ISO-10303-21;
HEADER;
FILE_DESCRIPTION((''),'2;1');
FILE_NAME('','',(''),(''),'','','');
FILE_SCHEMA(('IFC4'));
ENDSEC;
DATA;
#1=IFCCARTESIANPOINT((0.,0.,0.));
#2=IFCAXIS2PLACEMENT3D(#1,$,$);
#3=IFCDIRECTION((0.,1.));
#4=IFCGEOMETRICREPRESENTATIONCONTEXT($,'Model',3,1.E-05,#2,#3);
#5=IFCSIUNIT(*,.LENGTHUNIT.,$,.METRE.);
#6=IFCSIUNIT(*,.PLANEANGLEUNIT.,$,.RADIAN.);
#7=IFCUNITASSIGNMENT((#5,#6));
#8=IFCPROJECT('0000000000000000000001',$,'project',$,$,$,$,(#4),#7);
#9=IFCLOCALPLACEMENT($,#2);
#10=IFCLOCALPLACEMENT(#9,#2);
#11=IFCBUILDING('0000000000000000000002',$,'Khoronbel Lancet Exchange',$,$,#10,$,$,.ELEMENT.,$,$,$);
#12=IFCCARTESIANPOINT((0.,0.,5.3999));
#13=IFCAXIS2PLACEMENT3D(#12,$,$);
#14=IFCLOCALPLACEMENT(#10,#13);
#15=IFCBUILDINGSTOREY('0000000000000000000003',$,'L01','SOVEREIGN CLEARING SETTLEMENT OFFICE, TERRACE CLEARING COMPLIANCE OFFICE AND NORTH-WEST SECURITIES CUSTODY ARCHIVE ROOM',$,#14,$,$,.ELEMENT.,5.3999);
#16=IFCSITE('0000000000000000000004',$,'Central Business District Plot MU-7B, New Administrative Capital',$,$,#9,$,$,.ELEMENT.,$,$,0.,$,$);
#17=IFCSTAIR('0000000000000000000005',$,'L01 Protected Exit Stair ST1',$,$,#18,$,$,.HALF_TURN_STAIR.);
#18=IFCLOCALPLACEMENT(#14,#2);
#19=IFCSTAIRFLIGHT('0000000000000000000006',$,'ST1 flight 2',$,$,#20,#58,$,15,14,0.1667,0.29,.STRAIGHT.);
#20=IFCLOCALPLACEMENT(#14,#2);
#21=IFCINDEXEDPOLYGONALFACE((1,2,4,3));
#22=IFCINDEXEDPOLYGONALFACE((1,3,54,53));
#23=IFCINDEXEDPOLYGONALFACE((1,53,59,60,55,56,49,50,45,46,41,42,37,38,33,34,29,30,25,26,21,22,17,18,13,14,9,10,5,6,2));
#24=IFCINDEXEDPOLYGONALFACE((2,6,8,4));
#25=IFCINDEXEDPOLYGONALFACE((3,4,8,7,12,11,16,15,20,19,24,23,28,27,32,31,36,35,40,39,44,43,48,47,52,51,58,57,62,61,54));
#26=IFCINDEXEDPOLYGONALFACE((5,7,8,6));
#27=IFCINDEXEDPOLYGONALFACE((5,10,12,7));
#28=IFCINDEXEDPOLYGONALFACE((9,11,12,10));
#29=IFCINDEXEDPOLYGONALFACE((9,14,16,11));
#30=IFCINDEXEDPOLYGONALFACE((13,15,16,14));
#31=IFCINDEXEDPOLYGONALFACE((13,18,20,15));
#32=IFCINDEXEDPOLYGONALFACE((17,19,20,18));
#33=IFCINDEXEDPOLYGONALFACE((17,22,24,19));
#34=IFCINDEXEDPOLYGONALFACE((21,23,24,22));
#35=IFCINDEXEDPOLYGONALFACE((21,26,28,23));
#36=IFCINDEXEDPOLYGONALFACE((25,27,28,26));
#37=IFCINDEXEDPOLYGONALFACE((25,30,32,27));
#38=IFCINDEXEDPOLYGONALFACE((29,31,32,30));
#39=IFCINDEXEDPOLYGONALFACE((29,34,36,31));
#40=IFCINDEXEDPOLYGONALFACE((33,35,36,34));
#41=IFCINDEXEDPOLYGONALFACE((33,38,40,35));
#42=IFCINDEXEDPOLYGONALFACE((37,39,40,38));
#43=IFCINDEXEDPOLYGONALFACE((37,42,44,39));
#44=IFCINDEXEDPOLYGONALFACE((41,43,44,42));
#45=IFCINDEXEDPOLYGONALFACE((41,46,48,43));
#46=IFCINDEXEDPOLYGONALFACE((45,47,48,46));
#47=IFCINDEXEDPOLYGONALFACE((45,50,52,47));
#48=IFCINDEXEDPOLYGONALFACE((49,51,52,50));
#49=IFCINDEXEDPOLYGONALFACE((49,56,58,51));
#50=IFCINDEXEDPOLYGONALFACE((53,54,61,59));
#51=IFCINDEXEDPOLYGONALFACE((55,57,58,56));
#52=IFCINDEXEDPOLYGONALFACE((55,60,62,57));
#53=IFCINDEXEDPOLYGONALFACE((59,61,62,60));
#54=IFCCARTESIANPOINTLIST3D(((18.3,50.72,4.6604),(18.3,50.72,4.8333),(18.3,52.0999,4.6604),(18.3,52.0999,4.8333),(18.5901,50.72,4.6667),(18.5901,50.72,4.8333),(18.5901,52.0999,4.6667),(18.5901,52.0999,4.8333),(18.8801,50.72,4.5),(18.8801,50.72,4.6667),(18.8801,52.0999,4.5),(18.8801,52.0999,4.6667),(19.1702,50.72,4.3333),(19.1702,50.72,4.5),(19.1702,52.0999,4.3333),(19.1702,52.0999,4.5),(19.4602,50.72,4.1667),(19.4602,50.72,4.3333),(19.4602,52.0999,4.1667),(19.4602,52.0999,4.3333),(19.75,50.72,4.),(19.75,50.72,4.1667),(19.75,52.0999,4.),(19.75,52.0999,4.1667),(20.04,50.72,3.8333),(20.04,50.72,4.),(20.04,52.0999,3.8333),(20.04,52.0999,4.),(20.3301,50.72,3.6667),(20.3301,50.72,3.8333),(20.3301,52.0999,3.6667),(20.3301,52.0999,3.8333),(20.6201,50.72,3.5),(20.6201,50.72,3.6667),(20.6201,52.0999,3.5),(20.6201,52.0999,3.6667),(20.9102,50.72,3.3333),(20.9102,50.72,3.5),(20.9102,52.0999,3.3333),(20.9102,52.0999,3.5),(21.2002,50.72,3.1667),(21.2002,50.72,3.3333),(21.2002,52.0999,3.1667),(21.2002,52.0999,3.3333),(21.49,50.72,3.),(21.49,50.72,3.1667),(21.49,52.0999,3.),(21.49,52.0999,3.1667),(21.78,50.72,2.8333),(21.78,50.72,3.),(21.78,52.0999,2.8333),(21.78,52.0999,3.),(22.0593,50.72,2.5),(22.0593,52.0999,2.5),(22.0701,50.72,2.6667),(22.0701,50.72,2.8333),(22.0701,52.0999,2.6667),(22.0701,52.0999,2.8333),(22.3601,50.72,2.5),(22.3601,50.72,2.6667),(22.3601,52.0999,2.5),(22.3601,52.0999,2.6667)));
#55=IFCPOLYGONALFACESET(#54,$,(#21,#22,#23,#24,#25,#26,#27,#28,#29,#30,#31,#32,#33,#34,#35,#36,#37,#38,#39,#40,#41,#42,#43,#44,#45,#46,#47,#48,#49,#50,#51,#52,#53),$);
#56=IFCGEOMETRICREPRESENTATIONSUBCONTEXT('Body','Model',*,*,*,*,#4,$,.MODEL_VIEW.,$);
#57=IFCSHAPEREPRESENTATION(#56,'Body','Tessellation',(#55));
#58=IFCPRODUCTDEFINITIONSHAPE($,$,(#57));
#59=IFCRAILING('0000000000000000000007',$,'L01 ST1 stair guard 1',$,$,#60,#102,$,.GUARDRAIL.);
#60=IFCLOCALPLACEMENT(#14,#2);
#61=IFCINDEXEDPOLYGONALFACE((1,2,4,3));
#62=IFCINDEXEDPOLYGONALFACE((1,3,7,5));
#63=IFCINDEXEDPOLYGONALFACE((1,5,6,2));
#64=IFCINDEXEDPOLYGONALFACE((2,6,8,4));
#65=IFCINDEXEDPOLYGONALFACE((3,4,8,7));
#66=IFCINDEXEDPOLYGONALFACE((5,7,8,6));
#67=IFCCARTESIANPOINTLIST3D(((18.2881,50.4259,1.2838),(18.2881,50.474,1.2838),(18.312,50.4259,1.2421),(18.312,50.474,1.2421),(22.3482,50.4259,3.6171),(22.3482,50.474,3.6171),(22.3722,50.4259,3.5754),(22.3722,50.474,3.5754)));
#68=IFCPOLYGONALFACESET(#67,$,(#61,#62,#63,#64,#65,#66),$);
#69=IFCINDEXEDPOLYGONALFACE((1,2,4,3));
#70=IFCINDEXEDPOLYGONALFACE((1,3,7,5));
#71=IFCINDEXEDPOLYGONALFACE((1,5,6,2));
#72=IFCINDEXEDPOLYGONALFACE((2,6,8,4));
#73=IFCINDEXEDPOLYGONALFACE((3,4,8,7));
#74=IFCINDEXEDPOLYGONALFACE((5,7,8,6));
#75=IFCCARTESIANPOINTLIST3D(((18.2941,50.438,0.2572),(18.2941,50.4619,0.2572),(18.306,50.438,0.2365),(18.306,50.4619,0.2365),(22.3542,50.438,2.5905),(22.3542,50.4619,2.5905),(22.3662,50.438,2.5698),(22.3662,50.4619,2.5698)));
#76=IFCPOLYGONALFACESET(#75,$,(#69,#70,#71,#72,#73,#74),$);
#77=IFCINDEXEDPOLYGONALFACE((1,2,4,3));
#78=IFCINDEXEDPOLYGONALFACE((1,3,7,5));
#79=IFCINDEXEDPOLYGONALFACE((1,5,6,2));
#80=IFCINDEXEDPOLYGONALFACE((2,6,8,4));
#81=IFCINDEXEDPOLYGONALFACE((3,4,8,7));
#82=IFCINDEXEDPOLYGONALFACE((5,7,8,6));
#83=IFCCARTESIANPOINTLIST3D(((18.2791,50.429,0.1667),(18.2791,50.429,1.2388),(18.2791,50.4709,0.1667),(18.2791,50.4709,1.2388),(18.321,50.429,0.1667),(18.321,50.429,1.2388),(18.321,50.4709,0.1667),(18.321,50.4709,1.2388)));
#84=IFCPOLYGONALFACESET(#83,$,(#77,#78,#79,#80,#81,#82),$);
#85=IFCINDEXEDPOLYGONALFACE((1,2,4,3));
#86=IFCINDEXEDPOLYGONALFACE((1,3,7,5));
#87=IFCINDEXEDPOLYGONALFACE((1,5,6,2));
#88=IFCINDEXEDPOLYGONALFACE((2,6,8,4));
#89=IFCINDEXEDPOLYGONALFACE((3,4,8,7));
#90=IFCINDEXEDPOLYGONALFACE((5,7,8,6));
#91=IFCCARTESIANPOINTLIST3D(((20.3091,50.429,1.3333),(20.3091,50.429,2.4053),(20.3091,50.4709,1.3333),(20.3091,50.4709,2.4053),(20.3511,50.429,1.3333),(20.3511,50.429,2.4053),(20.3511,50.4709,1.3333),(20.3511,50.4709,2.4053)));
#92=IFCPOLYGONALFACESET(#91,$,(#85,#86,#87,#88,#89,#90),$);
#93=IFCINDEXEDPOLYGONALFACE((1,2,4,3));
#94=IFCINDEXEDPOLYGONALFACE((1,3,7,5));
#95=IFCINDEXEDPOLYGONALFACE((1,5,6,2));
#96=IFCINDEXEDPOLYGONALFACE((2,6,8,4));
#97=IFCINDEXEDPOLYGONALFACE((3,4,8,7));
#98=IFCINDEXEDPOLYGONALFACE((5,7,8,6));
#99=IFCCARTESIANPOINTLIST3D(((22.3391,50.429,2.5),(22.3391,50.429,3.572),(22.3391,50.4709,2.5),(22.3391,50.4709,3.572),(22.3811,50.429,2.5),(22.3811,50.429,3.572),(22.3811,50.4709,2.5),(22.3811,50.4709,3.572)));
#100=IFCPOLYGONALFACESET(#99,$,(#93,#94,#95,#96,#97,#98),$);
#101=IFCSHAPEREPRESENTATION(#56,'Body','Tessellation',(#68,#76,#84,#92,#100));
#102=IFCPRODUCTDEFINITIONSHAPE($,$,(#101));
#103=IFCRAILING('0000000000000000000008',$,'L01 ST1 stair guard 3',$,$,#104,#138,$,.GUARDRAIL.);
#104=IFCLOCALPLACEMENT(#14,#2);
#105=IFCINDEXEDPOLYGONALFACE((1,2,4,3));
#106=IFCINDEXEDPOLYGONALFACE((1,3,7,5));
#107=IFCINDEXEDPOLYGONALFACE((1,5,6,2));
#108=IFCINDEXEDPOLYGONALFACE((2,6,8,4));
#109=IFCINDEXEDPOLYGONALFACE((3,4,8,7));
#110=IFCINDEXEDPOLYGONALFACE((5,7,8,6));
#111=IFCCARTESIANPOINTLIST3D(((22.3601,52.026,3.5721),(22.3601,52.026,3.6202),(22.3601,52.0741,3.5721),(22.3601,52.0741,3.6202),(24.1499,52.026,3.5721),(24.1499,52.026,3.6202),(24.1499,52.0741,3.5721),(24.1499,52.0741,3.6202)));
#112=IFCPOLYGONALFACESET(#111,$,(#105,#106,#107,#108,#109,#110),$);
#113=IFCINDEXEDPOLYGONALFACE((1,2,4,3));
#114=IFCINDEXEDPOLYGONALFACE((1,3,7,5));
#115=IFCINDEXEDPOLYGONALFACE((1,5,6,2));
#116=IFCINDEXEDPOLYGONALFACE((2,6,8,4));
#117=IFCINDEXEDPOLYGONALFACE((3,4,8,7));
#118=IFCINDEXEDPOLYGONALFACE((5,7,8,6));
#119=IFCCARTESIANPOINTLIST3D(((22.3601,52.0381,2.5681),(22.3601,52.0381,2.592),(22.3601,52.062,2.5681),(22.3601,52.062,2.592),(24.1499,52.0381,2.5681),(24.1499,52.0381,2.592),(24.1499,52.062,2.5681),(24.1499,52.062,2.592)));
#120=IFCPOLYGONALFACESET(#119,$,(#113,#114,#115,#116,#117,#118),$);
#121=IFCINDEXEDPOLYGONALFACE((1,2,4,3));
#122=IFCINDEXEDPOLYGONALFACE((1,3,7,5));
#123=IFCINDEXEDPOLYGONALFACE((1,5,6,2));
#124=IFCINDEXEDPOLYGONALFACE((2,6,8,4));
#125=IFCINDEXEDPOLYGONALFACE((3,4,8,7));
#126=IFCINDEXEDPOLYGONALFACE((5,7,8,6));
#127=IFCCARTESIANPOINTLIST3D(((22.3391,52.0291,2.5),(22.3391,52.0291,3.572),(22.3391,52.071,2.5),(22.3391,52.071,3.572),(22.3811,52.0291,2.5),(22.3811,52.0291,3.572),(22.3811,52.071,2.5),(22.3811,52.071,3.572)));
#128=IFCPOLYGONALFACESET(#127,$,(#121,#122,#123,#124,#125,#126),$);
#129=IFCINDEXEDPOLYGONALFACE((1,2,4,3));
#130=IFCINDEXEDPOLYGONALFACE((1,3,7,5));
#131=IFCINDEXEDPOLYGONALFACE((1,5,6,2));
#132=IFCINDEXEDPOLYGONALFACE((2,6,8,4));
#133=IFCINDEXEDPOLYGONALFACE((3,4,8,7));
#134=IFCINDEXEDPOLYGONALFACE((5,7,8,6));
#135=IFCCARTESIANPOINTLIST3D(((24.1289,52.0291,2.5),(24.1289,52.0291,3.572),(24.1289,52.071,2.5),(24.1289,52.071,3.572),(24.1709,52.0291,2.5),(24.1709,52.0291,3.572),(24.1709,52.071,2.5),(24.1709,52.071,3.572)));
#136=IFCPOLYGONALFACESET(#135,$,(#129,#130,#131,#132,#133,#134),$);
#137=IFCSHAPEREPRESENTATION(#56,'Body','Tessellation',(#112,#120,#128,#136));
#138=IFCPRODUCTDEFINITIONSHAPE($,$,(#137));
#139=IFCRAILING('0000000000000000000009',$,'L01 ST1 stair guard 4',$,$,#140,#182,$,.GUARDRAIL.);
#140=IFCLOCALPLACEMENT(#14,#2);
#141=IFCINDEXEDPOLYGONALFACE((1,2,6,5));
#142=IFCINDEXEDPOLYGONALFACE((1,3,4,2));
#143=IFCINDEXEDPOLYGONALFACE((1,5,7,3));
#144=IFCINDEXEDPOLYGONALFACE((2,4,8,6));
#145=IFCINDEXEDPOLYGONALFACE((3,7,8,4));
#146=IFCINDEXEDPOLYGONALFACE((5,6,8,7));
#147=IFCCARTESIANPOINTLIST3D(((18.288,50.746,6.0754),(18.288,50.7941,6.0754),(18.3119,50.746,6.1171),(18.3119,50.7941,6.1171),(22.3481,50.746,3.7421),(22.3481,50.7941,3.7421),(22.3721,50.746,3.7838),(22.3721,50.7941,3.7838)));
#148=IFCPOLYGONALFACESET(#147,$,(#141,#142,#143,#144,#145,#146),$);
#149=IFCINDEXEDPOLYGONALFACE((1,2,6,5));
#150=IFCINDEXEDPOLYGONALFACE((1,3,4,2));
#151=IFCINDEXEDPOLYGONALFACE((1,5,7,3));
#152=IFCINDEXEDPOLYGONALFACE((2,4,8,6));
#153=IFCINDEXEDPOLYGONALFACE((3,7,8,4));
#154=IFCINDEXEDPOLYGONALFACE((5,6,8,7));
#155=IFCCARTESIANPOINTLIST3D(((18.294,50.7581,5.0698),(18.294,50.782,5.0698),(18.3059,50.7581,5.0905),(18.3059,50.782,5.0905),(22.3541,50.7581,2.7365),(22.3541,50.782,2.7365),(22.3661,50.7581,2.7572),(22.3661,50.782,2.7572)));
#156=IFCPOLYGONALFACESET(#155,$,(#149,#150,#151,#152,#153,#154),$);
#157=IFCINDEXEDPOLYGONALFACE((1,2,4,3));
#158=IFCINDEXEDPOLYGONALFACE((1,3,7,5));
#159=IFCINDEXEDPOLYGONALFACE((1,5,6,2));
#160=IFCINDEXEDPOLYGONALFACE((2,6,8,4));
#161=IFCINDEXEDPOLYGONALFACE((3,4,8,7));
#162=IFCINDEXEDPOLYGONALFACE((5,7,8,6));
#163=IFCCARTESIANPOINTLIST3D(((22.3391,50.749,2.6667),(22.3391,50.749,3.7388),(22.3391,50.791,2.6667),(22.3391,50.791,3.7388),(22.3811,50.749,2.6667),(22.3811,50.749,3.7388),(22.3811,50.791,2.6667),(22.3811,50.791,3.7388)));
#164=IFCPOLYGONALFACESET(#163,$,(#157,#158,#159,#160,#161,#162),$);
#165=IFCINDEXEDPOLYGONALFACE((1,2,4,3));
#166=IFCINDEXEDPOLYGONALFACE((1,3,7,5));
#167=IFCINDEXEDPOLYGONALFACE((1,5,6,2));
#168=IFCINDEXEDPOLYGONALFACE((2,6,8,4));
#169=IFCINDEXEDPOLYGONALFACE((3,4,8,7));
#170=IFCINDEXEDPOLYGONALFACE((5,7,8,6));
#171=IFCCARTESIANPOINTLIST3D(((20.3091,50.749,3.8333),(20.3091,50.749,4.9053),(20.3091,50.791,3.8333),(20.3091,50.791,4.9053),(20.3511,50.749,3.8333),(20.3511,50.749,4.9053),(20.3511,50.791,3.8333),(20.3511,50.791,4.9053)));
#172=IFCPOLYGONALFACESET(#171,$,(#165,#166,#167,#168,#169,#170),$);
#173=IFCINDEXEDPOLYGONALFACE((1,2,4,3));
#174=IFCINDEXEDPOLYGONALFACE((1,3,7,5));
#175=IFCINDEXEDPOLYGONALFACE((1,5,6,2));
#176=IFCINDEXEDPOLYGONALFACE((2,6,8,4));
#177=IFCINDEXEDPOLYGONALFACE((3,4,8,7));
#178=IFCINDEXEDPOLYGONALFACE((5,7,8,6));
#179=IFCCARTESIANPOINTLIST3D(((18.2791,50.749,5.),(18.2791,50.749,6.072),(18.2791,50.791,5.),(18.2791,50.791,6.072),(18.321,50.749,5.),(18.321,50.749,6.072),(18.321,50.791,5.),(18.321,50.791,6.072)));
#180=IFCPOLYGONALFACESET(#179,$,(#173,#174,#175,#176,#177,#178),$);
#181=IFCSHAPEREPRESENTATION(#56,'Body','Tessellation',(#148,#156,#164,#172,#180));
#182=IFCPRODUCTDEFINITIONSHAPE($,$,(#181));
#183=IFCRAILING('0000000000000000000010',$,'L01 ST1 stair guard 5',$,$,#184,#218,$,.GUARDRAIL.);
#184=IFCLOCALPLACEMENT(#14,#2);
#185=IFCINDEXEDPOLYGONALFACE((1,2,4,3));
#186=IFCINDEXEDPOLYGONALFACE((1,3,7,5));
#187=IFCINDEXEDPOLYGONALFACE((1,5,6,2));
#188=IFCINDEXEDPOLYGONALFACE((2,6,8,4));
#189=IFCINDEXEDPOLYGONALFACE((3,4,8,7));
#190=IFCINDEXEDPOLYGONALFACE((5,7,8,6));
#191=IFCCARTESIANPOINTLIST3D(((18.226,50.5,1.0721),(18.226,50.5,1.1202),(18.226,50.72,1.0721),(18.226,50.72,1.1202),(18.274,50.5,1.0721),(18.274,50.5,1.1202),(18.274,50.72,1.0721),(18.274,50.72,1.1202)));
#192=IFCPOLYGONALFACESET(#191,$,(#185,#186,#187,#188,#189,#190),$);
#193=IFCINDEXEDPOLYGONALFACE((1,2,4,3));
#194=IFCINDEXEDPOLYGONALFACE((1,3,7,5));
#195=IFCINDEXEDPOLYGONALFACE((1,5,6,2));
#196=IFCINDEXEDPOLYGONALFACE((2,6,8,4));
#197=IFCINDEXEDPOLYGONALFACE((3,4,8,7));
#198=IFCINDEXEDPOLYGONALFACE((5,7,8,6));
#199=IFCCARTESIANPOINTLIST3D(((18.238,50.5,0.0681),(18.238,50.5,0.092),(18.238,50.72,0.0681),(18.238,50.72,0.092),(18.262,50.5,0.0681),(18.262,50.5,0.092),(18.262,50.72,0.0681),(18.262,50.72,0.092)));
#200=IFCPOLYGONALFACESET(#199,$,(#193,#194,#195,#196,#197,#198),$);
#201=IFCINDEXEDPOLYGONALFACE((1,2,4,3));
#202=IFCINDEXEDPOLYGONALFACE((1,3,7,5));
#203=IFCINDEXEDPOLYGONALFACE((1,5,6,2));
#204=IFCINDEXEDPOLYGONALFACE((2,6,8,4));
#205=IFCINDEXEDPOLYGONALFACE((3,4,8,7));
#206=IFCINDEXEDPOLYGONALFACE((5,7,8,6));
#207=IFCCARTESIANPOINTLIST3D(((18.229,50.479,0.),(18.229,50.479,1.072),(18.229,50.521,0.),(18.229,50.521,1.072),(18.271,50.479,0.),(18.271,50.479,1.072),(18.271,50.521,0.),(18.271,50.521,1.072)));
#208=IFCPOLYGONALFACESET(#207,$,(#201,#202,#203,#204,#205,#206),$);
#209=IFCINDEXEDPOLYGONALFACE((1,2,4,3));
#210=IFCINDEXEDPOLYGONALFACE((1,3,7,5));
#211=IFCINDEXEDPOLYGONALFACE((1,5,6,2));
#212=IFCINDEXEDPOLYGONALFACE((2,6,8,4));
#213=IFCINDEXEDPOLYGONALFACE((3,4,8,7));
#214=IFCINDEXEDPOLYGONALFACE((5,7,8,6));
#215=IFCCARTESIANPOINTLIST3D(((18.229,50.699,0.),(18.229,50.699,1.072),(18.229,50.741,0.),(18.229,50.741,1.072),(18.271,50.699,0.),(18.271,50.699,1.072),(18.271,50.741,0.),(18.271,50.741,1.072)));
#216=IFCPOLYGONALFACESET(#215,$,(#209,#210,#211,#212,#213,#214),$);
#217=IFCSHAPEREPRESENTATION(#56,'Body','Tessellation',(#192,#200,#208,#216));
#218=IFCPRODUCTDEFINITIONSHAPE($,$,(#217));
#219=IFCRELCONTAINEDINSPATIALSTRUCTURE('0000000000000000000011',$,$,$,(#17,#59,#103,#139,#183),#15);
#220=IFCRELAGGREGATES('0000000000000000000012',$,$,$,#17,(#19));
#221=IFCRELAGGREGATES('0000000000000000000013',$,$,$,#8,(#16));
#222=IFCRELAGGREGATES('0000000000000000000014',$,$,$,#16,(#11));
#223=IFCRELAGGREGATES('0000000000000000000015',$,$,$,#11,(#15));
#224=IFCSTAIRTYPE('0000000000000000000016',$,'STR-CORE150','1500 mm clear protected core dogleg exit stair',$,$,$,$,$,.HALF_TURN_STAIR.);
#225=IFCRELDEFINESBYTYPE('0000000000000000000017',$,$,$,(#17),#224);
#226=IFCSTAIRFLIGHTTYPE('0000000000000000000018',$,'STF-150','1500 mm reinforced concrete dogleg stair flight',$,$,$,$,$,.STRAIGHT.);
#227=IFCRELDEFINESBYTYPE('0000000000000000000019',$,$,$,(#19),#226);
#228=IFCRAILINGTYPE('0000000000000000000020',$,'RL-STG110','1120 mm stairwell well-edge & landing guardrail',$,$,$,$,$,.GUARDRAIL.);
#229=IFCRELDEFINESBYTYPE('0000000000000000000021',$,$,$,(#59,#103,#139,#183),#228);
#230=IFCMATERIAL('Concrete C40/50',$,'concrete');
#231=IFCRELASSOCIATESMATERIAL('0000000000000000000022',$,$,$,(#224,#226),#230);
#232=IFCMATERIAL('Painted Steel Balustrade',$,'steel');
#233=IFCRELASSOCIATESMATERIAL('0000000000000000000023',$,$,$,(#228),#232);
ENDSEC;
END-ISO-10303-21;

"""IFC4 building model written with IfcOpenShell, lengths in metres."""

from ifc_helpers import new_model, si_unit, direction, frame, origin, origin_2d, place, context, subcontext, project, spatial, polyline, rectangle, outline, extrude, material, type_object, element, aggregate, save


model = new_model("IFC4")

# Units and contexts
model_context = context("Model", 3, precision=1e-05, world=origin(), true_north=direction((0.0, 1.0)))
body_context = subcontext(model_context, "Body", "Model", "MODEL_VIEW")
ifc_project = project(units=[si_unit("LENGTHUNIT", "METRE"), si_unit("PLANEANGLEUNIT", "RADIAN")], contexts=[model_context])

# Site, building, storey
site_placement = place(None, origin())
site = spatial("IfcSite", under=ifc_project, at=site_placement, Name="Central Business District Plot MU-7B, New Administrative Capital", CompositionType="ELEMENT", RefElevation=0.0)
building_placement = place(site_placement, origin())
building = spatial("IfcBuilding", under=site, at=building_placement, Name="Khoronbel Lancet Exchange", CompositionType="ELEMENT")
storey_placement = place(building_placement, frame((0.0, 0.0, 5.3999)))
storey = spatial("IfcBuildingStorey", under=building, at=storey_placement, Name="L01", Description="SOVEREIGN CLEARING SETTLEMENT OFFICE, TERRACE CLEARING COMPLIANCE OFFICE AND NORTH-WEST SECURITIES CUSTODY ARCHIVE ROOM", CompositionType="ELEMENT", Elevation=5.3999)

# Stair, stair flight
ifc_material_1 = material(Name="Concrete C40/50", Category="concrete")
stair_type = type_object("IfcStairType", Name="STR-CORE150", Description="1500 mm clear protected core dogleg exit stair", PredefinedType="HALF_TURN_STAIR", material=ifc_material_1)
stair_placement = place(storey_placement, origin())
stair = element("IfcStair", 1, at=stair_placement, inside=storey, type_object=stair_type, Name="L01 Protected Exit Stair ST1", PredefinedType="HALF_TURN_STAIR")
stair_flight_type = type_object("IfcStairFlightType", Name="STF-150", Description="1500 mm reinforced concrete dogleg stair flight", PredefinedType="STRAIGHT", material=ifc_material_1)
stair_flight_1_placement = place(storey_placement, frame((22.3601, 51.4099, 2.5), z_axis=(0.0, 0.0, 1.0), x_axis=(-1.0, 0.0, 0.0)))
stair_flight_1 = element("IfcStairFlight", 2, at=stair_flight_1_placement, type_object=stair_flight_type, Name="ST1 flight 2", NumberOfRisers=15, NumberOfTreads=14, PredefinedType="STRAIGHT", RiserHeight=0.1667, TreadLength=0.29, context=body_context, shape_type="SweptSolid", body=[
    extrude(outline(polyline([(0.0, 0.0), (0.0, 0.1667), (0.29, 0.1667), (0.29, 0.3333), (0.5801, 0.3333), (0.5801, 0.5), (0.8701, 0.5), (0.8701, 0.6667), (1.1599, 0.6667), (1.1599, 0.8333), (1.45, 0.8333), (1.45, 1.0), (1.74, 1.0), (1.74, 1.1667), (2.03, 1.1667), (2.03, 1.3333), (2.3201, 1.3333), (2.3201, 1.5), (2.6101, 1.5), (2.6101, 1.6667), (2.8999, 1.6667), (2.8999, 1.8333), (3.1899, 1.8333), (3.1899, 2.0), (3.48, 2.0), (3.48, 2.1667), (3.77, 2.1667), (3.77, 2.3333), (4.0601, 2.3333), (4.0601, 2.5), (4.0601, 2.1604), (0.3008, 0.0), (0.0, 0.0)])), frame((0.0, 0.6899, 0.0), z_axis=(0.0, -1.0, 0.0), x_axis=(1.0, 0.0, 0.0)), (0.0, 0.0, 1.0), 1.3799),
])
aggregate(stair, [stair_flight_1])

# Railings
ifc_material_2 = material(Name="Painted Steel Balustrade", Category="steel")
railing_type_1 = type_object("IfcRailingType", Name="RL-STG110", Description="1120 mm stairwell well-edge & landing guardrail", PredefinedType="GUARDRAIL", material=ifc_material_2)
railing_1_placement = place(storey_placement, frame((18.3, 50.45, 0.1667)))
element("IfcRailing", 3, at=railing_1_placement, inside=storey, type_object=railing_type_1, Name="L01 ST1 stair guard 1", PredefinedType="GUARDRAIL", context=body_context, shape_type="SweptSolid", body=[
    extrude(rectangle(XDim=0.0481, YDim=0.0481, at=origin_2d()), frame((0.0, 0.0, 1.0962), z_axis=(0.867025, 0.0, 0.498265), x_axis=(0.0, 1.0, 0.0)), (0.0, 0.0, 1.0), 4.6829),
    extrude(rectangle(XDim=0.0239, YDim=0.0239, at=origin_2d()), frame((0.0, 0.0, 0.0801), z_axis=(0.867025, 0.0, 0.498265), x_axis=(0.0, 1.0, 0.0)), (0.0, 0.0, 1.0), 4.6829),
    extrude(rectangle(XDim=0.042, YDim=0.042, at=origin_2d()), origin(), (0.0, 0.0, 1.0), 1.072),
    extrude(rectangle(XDim=0.042, YDim=0.042, at=origin_2d()), frame((2.03, 0.0, 1.1665)), (0.0, 0.0, 1.0), 1.072),
    extrude(rectangle(XDim=0.042, YDim=0.042, at=origin_2d()), frame((4.0601, 0.0, 2.3333)), (0.0, 0.0, 1.0), 1.072),
])
railing_2_placement = place(storey_placement, frame((22.3601, 52.05, 2.5)))
element("IfcRailing", 4, at=railing_2_placement, inside=storey, type_object=railing_type_1, Name="L01 ST1 stair guard 3", PredefinedType="GUARDRAIL", context=body_context, shape_type="SweptSolid", body=[
    extrude(rectangle(XDim=0.0481, YDim=0.0481, at=origin_2d()), frame((0.0, 0.0, 1.0962), z_axis=(1.0, 0.0, 0.0), x_axis=(0.0, 1.0, 0.0)), (0.0, 0.0, 1.0), 1.7898),
    extrude(rectangle(XDim=0.0239, YDim=0.0239, at=origin_2d()), frame((0.0, 0.0, 0.0801), z_axis=(1.0, 0.0, 0.0), x_axis=(0.0, 1.0, 0.0)), (0.0, 0.0, 1.0), 1.7898),
    extrude(rectangle(XDim=0.042, YDim=0.042, at=origin_2d()), origin(), (0.0, 0.0, 1.0), 1.072),
    extrude(rectangle(XDim=0.042, YDim=0.042, at=origin_2d()), frame((1.7898, 0.0, 0.0)), (0.0, 0.0, 1.0), 1.072),
])
railing_3_placement = place(storey_placement, frame((22.3601, 50.77, 2.6667)))
element("IfcRailing", 5, at=railing_3_placement, inside=storey, type_object=railing_type_1, Name="L01 ST1 stair guard 4", PredefinedType="GUARDRAIL", context=body_context, shape_type="SweptSolid", body=[
    extrude(rectangle(XDim=0.0481, YDim=0.0481, at=origin_2d()), frame((0.0, 0.0, 1.0962), z_axis=(-0.867025, 0.0, 0.498265), x_axis=(0.0, -1.0, 0.0)), (0.0, 0.0, 1.0), 4.6829),
    extrude(rectangle(XDim=0.0239, YDim=0.0239, at=origin_2d()), frame((0.0, 0.0, 0.0801), z_axis=(-0.867025, 0.0, 0.498265), x_axis=(0.0, -1.0, 0.0)), (0.0, 0.0, 1.0), 4.6829),
    extrude(rectangle(XDim=0.042, YDim=0.042, at=origin_2d()), origin(), (0.0, 0.0, 1.0), 1.072),
    extrude(rectangle(XDim=0.042, YDim=0.042, at=origin_2d()), frame((-2.03, 0.0, 1.1665)), (0.0, 0.0, 1.0), 1.072),
    extrude(rectangle(XDim=0.042, YDim=0.042, at=origin_2d()), frame((-4.0601, 0.0, 2.3333)), (0.0, 0.0, 1.0), 1.072),
])
railing_4_placement = place(storey_placement, frame((18.25, 50.5, 0.0)))
element("IfcRailing", 6, at=railing_4_placement, inside=storey, type_object=railing_type_1, Name="L01 ST1 stair guard 5", PredefinedType="GUARDRAIL", context=body_context, shape_type="SweptSolid", body=[
    extrude(rectangle(XDim=0.0481, YDim=0.0481, at=origin_2d()), frame((0.0, 0.0, 1.0962), z_axis=(0.0, 1.0, 0.0), x_axis=(-1.0, 0.0, 0.0)), (0.0, 0.0, 1.0), 0.22),
    extrude(rectangle(XDim=0.0239, YDim=0.0239, at=origin_2d()), frame((0.0, 0.0, 0.0801), z_axis=(0.0, 1.0, 0.0), x_axis=(-1.0, 0.0, 0.0)), (0.0, 0.0, 1.0), 0.22),
    extrude(rectangle(XDim=0.042, YDim=0.042, at=origin_2d()), origin(), (0.0, 0.0, 1.0), 1.072),
    extrude(rectangle(XDim=0.042, YDim=0.042, at=origin_2d()), frame((0.0, 0.22, 0.0)), (0.0, 0.0, 1.0), 1.072),
])

save(model, "model.ifc")
